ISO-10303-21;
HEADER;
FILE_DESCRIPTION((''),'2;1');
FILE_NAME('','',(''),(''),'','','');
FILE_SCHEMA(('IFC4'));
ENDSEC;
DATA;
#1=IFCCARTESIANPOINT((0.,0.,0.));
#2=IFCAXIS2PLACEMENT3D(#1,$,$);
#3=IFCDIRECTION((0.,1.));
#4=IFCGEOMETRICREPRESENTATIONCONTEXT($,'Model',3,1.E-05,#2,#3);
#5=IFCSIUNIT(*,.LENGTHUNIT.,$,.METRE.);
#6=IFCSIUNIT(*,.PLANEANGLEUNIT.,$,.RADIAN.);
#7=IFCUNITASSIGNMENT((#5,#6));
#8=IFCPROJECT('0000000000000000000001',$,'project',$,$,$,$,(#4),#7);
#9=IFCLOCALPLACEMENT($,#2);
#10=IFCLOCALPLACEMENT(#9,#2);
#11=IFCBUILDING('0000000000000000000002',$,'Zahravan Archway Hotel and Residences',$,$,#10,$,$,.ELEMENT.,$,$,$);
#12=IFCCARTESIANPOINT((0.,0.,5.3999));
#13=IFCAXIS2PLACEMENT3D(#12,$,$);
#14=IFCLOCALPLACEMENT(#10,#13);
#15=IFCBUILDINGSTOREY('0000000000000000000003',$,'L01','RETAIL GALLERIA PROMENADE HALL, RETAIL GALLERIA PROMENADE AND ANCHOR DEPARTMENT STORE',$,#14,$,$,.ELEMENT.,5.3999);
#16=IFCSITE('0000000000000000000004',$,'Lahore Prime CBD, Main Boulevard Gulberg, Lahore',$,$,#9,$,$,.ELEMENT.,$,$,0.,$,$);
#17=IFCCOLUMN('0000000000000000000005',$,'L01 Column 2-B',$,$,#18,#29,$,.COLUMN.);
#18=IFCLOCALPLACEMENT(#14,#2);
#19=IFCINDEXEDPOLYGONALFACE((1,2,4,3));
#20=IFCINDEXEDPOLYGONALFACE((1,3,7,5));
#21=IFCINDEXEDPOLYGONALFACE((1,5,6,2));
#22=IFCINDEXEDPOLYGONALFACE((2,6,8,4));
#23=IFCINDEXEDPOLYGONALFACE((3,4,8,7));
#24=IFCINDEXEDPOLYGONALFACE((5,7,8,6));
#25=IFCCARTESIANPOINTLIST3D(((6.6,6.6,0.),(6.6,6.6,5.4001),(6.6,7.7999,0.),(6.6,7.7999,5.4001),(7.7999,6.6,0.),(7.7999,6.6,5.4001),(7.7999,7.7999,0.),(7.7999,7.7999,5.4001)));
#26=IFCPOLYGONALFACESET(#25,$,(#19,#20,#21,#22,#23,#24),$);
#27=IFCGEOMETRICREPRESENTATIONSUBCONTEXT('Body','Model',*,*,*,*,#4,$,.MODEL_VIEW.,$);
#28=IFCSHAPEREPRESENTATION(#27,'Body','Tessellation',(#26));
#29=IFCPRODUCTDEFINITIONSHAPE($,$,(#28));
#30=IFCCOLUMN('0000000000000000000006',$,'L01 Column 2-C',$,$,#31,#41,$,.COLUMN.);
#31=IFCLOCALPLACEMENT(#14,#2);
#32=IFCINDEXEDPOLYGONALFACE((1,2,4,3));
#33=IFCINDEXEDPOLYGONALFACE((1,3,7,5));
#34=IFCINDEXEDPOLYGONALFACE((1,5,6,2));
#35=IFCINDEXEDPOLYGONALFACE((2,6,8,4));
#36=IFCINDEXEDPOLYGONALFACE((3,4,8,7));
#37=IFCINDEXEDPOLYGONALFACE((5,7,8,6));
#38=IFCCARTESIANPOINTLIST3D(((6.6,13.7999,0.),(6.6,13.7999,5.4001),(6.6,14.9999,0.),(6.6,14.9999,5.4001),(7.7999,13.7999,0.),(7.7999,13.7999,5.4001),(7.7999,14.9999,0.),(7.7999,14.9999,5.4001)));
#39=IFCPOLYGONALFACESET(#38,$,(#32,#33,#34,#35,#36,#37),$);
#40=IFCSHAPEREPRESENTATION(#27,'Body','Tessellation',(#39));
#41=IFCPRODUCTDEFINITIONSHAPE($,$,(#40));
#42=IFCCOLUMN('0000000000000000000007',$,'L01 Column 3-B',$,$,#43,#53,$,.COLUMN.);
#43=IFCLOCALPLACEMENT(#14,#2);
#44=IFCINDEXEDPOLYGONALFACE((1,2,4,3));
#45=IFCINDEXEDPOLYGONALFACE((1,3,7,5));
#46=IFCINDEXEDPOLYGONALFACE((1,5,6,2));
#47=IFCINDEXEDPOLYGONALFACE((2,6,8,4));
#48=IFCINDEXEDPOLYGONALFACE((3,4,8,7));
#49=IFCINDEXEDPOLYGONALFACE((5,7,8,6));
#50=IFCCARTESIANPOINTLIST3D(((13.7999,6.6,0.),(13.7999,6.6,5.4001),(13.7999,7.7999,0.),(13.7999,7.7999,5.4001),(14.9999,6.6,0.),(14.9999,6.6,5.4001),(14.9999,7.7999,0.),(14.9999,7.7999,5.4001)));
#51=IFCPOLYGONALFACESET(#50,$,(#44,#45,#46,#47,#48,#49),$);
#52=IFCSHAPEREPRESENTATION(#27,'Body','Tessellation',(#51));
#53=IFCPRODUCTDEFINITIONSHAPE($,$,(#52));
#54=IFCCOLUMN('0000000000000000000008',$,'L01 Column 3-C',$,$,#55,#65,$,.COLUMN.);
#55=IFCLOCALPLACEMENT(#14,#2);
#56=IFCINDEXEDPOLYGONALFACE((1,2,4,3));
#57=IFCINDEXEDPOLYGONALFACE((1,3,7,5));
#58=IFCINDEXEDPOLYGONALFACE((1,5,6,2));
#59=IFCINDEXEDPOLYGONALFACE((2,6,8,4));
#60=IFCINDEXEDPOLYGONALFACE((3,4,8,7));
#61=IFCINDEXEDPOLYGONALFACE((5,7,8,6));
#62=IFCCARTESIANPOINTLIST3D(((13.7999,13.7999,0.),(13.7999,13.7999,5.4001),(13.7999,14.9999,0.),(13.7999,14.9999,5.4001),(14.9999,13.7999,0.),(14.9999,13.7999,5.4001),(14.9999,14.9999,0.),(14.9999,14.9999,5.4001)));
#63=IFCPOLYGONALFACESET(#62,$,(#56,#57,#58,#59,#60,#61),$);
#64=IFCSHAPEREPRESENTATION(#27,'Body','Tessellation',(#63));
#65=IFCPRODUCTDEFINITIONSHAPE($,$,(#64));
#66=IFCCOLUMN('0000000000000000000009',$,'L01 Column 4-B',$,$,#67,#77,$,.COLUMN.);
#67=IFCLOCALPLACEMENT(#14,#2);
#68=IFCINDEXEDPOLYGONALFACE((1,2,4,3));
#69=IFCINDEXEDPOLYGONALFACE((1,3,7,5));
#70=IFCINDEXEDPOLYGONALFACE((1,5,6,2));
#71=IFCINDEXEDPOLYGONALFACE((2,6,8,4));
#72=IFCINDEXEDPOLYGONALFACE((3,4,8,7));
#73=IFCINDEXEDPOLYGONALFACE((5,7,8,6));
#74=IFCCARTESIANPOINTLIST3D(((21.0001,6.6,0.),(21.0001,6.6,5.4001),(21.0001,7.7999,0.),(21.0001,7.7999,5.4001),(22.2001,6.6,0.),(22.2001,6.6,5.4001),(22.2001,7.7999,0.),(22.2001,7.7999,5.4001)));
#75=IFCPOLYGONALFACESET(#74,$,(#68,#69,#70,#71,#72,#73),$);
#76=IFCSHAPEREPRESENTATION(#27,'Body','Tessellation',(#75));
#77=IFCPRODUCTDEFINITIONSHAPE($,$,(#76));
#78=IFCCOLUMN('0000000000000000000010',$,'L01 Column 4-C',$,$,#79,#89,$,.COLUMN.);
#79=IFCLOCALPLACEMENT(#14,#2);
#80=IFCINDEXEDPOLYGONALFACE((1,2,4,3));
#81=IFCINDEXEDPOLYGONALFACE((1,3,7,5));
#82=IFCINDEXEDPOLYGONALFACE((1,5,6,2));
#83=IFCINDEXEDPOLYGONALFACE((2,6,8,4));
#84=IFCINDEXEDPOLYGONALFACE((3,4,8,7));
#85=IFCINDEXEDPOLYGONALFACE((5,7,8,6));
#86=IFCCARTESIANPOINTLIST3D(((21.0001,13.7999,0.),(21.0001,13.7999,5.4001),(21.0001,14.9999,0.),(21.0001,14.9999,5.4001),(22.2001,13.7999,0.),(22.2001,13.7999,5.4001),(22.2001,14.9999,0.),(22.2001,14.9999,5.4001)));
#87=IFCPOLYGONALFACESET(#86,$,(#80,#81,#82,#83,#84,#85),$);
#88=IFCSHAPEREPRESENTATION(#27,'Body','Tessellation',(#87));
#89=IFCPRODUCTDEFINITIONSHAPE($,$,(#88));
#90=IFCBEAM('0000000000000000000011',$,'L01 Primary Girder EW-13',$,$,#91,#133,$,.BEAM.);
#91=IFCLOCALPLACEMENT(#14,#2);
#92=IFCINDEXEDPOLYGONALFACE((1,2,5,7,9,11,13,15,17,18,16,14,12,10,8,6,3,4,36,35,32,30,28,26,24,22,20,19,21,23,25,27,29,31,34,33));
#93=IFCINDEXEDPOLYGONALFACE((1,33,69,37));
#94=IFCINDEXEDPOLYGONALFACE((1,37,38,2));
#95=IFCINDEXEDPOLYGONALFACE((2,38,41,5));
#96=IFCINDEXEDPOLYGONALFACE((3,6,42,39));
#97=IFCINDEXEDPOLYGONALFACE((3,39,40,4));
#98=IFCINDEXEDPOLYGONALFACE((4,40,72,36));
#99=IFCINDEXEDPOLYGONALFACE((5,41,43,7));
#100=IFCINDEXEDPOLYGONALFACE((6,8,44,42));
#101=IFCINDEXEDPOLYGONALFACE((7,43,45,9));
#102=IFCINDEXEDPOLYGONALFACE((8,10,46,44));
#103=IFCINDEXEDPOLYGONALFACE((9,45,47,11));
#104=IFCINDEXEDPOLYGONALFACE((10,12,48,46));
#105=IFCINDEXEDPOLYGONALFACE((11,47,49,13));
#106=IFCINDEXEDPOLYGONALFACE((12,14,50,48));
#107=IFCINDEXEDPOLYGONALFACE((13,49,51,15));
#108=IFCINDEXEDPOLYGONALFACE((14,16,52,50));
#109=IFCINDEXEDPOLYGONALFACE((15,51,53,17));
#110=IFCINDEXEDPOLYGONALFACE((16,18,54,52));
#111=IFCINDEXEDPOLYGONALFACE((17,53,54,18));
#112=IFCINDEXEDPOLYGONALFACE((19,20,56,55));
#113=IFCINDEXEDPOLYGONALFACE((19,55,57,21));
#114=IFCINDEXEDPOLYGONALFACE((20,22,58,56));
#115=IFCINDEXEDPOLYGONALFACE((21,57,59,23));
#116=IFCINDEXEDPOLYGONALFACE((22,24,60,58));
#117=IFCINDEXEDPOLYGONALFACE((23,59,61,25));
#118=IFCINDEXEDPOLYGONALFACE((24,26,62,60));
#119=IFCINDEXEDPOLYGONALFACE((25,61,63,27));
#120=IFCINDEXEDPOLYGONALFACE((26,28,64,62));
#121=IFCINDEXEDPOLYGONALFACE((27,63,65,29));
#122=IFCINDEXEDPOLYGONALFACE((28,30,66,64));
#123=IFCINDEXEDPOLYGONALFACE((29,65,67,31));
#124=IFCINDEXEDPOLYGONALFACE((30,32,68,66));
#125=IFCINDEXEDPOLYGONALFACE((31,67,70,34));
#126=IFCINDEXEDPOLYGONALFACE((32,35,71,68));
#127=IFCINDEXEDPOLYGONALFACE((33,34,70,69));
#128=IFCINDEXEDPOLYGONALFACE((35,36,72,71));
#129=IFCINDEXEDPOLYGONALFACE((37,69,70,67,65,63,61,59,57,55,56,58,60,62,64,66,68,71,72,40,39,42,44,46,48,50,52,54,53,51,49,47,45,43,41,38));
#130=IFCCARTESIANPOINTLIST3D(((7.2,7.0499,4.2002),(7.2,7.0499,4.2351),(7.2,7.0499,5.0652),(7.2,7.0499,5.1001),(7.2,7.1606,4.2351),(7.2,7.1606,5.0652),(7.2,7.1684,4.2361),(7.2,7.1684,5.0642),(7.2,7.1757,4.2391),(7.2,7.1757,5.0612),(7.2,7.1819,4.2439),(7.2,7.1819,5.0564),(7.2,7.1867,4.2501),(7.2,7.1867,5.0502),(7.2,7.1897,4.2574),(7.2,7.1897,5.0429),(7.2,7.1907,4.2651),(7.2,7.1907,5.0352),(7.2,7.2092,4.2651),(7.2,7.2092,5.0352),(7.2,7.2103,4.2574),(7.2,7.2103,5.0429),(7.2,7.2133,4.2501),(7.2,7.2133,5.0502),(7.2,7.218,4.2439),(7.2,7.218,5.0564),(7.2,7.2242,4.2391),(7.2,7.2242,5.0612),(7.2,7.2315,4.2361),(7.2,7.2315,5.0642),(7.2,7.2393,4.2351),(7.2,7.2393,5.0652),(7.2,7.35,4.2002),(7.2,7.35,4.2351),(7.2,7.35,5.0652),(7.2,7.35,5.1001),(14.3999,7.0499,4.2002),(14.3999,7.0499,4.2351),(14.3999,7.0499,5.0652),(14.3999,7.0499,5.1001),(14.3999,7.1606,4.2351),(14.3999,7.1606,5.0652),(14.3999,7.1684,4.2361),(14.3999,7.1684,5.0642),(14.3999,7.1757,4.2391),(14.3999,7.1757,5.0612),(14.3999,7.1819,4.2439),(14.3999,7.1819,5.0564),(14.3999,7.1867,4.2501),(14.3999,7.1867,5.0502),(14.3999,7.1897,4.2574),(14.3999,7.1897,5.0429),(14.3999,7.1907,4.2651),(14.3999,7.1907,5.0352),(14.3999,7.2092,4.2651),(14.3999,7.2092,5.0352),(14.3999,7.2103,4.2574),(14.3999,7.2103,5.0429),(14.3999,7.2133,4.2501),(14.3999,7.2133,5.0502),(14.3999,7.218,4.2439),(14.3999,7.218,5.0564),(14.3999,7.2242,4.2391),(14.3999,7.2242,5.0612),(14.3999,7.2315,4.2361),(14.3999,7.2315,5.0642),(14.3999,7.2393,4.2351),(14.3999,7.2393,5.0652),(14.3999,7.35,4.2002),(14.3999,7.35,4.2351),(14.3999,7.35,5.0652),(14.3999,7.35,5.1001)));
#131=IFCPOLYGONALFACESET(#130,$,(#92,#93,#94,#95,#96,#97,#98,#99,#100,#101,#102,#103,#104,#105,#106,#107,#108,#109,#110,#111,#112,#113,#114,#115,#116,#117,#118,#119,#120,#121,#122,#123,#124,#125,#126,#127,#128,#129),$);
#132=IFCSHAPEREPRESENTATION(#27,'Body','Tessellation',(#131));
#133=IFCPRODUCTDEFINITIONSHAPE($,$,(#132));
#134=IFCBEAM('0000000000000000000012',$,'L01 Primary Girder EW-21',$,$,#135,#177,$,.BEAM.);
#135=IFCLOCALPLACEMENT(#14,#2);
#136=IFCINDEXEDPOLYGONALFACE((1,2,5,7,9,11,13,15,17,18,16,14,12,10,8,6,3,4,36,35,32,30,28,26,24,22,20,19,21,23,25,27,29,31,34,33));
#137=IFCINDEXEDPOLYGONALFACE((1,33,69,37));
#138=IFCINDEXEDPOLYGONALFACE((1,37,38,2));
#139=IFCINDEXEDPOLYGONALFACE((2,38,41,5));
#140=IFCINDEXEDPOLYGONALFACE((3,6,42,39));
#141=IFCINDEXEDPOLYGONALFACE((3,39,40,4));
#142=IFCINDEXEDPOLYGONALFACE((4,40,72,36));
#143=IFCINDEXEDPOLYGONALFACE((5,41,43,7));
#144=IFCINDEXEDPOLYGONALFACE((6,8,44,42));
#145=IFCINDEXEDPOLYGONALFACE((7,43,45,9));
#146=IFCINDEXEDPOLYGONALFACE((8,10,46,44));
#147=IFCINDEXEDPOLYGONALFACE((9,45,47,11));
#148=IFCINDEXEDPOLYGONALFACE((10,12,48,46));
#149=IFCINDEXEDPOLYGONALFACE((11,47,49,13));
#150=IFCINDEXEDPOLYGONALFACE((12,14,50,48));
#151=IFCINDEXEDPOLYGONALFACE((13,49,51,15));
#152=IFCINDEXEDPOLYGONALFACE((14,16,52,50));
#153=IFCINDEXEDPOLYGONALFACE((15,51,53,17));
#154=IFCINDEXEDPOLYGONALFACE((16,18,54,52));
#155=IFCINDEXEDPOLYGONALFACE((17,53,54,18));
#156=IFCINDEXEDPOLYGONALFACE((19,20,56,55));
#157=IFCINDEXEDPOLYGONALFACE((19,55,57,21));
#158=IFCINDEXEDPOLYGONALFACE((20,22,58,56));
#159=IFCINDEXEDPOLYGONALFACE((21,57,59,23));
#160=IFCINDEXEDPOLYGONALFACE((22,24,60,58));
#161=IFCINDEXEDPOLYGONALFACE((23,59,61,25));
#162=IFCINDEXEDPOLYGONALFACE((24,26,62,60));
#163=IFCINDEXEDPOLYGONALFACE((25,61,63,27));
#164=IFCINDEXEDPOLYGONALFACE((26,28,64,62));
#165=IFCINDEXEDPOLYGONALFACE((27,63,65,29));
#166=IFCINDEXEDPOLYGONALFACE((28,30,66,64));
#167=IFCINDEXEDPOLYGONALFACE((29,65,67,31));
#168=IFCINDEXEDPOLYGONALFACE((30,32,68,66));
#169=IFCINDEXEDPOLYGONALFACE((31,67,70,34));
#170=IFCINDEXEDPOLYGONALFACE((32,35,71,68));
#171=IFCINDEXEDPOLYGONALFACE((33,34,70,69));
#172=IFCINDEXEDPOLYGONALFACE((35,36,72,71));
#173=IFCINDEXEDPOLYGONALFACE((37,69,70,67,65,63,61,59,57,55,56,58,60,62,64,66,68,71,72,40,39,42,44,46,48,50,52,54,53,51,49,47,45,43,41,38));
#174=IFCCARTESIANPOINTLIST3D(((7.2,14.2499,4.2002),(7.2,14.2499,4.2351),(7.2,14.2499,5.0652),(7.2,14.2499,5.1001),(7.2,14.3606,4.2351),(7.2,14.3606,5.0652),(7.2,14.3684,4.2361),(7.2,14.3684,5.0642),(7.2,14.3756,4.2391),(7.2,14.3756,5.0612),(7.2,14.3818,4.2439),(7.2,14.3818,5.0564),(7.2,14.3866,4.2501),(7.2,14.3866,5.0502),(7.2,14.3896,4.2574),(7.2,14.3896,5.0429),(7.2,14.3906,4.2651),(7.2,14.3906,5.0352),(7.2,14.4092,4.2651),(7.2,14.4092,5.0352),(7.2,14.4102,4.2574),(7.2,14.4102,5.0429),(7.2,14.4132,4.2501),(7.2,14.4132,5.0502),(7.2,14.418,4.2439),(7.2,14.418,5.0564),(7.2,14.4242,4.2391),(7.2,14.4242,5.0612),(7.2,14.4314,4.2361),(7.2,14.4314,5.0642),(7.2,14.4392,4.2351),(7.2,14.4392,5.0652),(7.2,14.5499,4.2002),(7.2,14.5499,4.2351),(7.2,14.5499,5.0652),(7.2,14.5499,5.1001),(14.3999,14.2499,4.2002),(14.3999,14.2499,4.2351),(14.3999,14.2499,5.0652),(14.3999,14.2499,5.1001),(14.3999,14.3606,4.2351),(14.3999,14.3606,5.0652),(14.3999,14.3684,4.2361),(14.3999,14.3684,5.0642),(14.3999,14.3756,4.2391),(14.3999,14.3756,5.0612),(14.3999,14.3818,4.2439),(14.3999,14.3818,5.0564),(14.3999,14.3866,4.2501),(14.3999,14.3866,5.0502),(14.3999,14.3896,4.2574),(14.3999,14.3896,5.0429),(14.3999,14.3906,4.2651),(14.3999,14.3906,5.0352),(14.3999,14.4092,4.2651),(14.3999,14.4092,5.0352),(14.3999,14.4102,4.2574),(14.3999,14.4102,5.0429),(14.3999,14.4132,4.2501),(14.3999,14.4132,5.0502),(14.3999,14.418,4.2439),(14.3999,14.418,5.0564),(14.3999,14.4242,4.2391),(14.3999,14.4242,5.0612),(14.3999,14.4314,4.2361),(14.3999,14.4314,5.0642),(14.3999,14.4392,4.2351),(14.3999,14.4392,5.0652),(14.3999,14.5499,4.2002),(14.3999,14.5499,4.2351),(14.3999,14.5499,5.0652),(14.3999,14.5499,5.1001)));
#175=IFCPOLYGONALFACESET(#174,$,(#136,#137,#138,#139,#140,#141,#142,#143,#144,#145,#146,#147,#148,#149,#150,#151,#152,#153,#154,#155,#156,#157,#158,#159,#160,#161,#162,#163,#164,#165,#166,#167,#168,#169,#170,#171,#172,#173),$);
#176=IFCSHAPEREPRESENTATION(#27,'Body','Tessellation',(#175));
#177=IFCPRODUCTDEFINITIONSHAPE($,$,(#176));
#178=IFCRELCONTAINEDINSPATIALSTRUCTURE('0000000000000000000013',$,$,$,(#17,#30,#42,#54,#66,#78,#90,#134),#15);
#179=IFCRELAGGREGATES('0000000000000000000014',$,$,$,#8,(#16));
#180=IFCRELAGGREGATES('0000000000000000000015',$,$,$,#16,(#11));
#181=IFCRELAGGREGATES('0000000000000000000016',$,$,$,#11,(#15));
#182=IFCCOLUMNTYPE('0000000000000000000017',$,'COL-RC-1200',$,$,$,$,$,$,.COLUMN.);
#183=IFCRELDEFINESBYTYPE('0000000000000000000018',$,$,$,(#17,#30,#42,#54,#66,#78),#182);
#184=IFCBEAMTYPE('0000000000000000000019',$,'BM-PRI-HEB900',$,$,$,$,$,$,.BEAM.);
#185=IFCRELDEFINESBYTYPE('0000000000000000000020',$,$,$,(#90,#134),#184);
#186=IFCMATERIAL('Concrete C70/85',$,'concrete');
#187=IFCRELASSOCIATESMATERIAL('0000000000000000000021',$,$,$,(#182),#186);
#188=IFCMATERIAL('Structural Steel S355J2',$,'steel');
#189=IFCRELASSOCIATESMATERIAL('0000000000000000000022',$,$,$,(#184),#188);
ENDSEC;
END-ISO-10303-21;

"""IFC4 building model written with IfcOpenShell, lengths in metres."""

from ifc_helpers import new_model, si_unit, direction, frame, origin, origin_2d, place, context, subcontext, project, spatial, rectangle, i_section, extrude, source, transform, mapped, material, material_profile, profile_set, type_object, element, save


model = new_model("IFC4")

# Units and contexts
model_context = context("Model", 3, precision=1e-05, world=origin(), true_north=direction((0.0, 1.0)))
body_context = subcontext(model_context, "Body", "Model", "MODEL_VIEW")
ifc_project = project(units=[si_unit("LENGTHUNIT", "METRE"), si_unit("PLANEANGLEUNIT", "RADIAN")], contexts=[model_context])

# Site, building, storey
site_placement = place(None, origin())
site = spatial("IfcSite", under=ifc_project, at=site_placement, Name="Lahore Prime CBD, Main Boulevard Gulberg, Lahore", CompositionType="ELEMENT", RefElevation=0.0)
building_placement = place(site_placement, origin())
building = spatial("IfcBuilding", under=site, at=building_placement, Name="Zahravan Archway Hotel and Residences", CompositionType="ELEMENT")
storey_placement = place(building_placement, frame((0.0, 0.0, 5.3999)))
storey = spatial("IfcBuildingStorey", under=building, at=storey_placement, Name="L01", Description="RETAIL GALLERIA PROMENADE HALL, RETAIL GALLERIA PROMENADE AND ANCHOR DEPARTMENT STORE", CompositionType="ELEMENT", Elevation=5.3999)

# Columns
ifc_material_1 = material(Name="Concrete C70/85", Category="concrete")
ifc_material_profile_1 = material_profile(ifc_material_1, rectangle(XDim=1.2, YDim=1.2, at=origin_2d()), Name="RC-COL-1200x1200", Category="concrete")
ifc_profile_set_1 = profile_set([ifc_material_profile_1], Name="Concrete C70/85")
column_type = type_object("IfcColumnType", Name="COL-RC-1200", PredefinedType="COLUMN", material=ifc_profile_set_1)
shared_shape_1 = source(origin(), body_context, "Body", "SweptSolid", [
    extrude(rectangle(XDim=1.2, YDim=1.2, at=origin_2d()), origin(), (0.0, 0.0, 1.0), 5.4001),
])
for number, where, z_axis, x_axis, name in (
    (1, (7.2, 7.2, 0.0), (0.0, 0.0, 1.0), (1.0, 0.0, 0.0), "L01 Column 2-B"),
    (2, (7.2, 14.3999, 0.0), (0.0, 0.0, 1.0), (1.0, 0.0, 0.0), "L01 Column 2-C"),
    (3, (14.3999, 7.2, 0.0), (0.0, 0.0, 1.0), (1.0, 0.0, 0.0), "L01 Column 3-B"),
    (4, (14.3999, 14.3999, 0.0), (0.0, 0.0, 1.0), (1.0, 0.0, 0.0), "L01 Column 3-C"),
    (5, (21.6001, 7.2, 0.0), (0.0, 0.0, 1.0), (1.0, 0.0, 0.0), "L01 Column 4-B"),
    (6, (21.6001, 14.3999, 0.0), (0.0, 0.0, 1.0), (1.0, 0.0, 0.0), "L01 Column 4-C"),
):
    element("IfcColumn", number, at=place(storey_placement, frame(where, z_axis=z_axis, x_axis=x_axis)), inside=storey, type_object=column_type, Name=name, PredefinedType="COLUMN", context=body_context, shape_type="MappedRepresentation", body=[
        mapped(shared_shape_1, transform((0.0, 0.0, 0.0), scale=1.0)),
    ])

# Beams
ifc_material_2 = material(Name="Structural Steel S355J2", Category="steel")
ifc_material_profile_2 = material_profile(ifc_material_2, i_section(OverallWidth=0.3, OverallDepth=0.8999, WebThickness=0.0186, FlangeThickness=0.0349, FilletRadius=0.03, at=origin_2d()), Name="HEB 900", Category="steel")
ifc_profile_set_2 = profile_set([ifc_material_profile_2], Name="Structural Steel S355J2")
beam_type_1 = type_object("IfcBeamType", Name="BM-PRI-HEB900", PredefinedType="BEAM", material=ifc_profile_set_2)
shared_shape_2 = source(origin(), body_context, "Body", "SweptSolid", [
    extrude(i_section(OverallWidth=0.3, OverallDepth=0.8999, WebThickness=0.0186, FlangeThickness=0.0349, FilletRadius=0.03, at=origin_2d()), origin(), (0.0, 0.0, 1.0), 7.2),
])
for number, where, z_axis, x_axis, name in (
    (7, (7.2, 7.2, 4.6501), (1.0, 0.0, 0.0), (0.0, 1.0, 0.0), "L01 Primary Girder EW-13"),
    (8, (7.2, 14.3999, 4.6501), (1.0, 0.0, 0.0), (0.0, 1.0, 0.0), "L01 Primary Girder EW-21"),
):
    element("IfcBeam", number, at=place(storey_placement, frame(where, z_axis=z_axis, x_axis=x_axis)), inside=storey, type_object=beam_type_1, Name=name, PredefinedType="BEAM", context=body_context, shape_type="MappedRepresentation", body=[
        mapped(shared_shape_2, transform((0.0, 0.0, 0.0), scale=1.0)),
    ])

save(model, "model.ifc")
